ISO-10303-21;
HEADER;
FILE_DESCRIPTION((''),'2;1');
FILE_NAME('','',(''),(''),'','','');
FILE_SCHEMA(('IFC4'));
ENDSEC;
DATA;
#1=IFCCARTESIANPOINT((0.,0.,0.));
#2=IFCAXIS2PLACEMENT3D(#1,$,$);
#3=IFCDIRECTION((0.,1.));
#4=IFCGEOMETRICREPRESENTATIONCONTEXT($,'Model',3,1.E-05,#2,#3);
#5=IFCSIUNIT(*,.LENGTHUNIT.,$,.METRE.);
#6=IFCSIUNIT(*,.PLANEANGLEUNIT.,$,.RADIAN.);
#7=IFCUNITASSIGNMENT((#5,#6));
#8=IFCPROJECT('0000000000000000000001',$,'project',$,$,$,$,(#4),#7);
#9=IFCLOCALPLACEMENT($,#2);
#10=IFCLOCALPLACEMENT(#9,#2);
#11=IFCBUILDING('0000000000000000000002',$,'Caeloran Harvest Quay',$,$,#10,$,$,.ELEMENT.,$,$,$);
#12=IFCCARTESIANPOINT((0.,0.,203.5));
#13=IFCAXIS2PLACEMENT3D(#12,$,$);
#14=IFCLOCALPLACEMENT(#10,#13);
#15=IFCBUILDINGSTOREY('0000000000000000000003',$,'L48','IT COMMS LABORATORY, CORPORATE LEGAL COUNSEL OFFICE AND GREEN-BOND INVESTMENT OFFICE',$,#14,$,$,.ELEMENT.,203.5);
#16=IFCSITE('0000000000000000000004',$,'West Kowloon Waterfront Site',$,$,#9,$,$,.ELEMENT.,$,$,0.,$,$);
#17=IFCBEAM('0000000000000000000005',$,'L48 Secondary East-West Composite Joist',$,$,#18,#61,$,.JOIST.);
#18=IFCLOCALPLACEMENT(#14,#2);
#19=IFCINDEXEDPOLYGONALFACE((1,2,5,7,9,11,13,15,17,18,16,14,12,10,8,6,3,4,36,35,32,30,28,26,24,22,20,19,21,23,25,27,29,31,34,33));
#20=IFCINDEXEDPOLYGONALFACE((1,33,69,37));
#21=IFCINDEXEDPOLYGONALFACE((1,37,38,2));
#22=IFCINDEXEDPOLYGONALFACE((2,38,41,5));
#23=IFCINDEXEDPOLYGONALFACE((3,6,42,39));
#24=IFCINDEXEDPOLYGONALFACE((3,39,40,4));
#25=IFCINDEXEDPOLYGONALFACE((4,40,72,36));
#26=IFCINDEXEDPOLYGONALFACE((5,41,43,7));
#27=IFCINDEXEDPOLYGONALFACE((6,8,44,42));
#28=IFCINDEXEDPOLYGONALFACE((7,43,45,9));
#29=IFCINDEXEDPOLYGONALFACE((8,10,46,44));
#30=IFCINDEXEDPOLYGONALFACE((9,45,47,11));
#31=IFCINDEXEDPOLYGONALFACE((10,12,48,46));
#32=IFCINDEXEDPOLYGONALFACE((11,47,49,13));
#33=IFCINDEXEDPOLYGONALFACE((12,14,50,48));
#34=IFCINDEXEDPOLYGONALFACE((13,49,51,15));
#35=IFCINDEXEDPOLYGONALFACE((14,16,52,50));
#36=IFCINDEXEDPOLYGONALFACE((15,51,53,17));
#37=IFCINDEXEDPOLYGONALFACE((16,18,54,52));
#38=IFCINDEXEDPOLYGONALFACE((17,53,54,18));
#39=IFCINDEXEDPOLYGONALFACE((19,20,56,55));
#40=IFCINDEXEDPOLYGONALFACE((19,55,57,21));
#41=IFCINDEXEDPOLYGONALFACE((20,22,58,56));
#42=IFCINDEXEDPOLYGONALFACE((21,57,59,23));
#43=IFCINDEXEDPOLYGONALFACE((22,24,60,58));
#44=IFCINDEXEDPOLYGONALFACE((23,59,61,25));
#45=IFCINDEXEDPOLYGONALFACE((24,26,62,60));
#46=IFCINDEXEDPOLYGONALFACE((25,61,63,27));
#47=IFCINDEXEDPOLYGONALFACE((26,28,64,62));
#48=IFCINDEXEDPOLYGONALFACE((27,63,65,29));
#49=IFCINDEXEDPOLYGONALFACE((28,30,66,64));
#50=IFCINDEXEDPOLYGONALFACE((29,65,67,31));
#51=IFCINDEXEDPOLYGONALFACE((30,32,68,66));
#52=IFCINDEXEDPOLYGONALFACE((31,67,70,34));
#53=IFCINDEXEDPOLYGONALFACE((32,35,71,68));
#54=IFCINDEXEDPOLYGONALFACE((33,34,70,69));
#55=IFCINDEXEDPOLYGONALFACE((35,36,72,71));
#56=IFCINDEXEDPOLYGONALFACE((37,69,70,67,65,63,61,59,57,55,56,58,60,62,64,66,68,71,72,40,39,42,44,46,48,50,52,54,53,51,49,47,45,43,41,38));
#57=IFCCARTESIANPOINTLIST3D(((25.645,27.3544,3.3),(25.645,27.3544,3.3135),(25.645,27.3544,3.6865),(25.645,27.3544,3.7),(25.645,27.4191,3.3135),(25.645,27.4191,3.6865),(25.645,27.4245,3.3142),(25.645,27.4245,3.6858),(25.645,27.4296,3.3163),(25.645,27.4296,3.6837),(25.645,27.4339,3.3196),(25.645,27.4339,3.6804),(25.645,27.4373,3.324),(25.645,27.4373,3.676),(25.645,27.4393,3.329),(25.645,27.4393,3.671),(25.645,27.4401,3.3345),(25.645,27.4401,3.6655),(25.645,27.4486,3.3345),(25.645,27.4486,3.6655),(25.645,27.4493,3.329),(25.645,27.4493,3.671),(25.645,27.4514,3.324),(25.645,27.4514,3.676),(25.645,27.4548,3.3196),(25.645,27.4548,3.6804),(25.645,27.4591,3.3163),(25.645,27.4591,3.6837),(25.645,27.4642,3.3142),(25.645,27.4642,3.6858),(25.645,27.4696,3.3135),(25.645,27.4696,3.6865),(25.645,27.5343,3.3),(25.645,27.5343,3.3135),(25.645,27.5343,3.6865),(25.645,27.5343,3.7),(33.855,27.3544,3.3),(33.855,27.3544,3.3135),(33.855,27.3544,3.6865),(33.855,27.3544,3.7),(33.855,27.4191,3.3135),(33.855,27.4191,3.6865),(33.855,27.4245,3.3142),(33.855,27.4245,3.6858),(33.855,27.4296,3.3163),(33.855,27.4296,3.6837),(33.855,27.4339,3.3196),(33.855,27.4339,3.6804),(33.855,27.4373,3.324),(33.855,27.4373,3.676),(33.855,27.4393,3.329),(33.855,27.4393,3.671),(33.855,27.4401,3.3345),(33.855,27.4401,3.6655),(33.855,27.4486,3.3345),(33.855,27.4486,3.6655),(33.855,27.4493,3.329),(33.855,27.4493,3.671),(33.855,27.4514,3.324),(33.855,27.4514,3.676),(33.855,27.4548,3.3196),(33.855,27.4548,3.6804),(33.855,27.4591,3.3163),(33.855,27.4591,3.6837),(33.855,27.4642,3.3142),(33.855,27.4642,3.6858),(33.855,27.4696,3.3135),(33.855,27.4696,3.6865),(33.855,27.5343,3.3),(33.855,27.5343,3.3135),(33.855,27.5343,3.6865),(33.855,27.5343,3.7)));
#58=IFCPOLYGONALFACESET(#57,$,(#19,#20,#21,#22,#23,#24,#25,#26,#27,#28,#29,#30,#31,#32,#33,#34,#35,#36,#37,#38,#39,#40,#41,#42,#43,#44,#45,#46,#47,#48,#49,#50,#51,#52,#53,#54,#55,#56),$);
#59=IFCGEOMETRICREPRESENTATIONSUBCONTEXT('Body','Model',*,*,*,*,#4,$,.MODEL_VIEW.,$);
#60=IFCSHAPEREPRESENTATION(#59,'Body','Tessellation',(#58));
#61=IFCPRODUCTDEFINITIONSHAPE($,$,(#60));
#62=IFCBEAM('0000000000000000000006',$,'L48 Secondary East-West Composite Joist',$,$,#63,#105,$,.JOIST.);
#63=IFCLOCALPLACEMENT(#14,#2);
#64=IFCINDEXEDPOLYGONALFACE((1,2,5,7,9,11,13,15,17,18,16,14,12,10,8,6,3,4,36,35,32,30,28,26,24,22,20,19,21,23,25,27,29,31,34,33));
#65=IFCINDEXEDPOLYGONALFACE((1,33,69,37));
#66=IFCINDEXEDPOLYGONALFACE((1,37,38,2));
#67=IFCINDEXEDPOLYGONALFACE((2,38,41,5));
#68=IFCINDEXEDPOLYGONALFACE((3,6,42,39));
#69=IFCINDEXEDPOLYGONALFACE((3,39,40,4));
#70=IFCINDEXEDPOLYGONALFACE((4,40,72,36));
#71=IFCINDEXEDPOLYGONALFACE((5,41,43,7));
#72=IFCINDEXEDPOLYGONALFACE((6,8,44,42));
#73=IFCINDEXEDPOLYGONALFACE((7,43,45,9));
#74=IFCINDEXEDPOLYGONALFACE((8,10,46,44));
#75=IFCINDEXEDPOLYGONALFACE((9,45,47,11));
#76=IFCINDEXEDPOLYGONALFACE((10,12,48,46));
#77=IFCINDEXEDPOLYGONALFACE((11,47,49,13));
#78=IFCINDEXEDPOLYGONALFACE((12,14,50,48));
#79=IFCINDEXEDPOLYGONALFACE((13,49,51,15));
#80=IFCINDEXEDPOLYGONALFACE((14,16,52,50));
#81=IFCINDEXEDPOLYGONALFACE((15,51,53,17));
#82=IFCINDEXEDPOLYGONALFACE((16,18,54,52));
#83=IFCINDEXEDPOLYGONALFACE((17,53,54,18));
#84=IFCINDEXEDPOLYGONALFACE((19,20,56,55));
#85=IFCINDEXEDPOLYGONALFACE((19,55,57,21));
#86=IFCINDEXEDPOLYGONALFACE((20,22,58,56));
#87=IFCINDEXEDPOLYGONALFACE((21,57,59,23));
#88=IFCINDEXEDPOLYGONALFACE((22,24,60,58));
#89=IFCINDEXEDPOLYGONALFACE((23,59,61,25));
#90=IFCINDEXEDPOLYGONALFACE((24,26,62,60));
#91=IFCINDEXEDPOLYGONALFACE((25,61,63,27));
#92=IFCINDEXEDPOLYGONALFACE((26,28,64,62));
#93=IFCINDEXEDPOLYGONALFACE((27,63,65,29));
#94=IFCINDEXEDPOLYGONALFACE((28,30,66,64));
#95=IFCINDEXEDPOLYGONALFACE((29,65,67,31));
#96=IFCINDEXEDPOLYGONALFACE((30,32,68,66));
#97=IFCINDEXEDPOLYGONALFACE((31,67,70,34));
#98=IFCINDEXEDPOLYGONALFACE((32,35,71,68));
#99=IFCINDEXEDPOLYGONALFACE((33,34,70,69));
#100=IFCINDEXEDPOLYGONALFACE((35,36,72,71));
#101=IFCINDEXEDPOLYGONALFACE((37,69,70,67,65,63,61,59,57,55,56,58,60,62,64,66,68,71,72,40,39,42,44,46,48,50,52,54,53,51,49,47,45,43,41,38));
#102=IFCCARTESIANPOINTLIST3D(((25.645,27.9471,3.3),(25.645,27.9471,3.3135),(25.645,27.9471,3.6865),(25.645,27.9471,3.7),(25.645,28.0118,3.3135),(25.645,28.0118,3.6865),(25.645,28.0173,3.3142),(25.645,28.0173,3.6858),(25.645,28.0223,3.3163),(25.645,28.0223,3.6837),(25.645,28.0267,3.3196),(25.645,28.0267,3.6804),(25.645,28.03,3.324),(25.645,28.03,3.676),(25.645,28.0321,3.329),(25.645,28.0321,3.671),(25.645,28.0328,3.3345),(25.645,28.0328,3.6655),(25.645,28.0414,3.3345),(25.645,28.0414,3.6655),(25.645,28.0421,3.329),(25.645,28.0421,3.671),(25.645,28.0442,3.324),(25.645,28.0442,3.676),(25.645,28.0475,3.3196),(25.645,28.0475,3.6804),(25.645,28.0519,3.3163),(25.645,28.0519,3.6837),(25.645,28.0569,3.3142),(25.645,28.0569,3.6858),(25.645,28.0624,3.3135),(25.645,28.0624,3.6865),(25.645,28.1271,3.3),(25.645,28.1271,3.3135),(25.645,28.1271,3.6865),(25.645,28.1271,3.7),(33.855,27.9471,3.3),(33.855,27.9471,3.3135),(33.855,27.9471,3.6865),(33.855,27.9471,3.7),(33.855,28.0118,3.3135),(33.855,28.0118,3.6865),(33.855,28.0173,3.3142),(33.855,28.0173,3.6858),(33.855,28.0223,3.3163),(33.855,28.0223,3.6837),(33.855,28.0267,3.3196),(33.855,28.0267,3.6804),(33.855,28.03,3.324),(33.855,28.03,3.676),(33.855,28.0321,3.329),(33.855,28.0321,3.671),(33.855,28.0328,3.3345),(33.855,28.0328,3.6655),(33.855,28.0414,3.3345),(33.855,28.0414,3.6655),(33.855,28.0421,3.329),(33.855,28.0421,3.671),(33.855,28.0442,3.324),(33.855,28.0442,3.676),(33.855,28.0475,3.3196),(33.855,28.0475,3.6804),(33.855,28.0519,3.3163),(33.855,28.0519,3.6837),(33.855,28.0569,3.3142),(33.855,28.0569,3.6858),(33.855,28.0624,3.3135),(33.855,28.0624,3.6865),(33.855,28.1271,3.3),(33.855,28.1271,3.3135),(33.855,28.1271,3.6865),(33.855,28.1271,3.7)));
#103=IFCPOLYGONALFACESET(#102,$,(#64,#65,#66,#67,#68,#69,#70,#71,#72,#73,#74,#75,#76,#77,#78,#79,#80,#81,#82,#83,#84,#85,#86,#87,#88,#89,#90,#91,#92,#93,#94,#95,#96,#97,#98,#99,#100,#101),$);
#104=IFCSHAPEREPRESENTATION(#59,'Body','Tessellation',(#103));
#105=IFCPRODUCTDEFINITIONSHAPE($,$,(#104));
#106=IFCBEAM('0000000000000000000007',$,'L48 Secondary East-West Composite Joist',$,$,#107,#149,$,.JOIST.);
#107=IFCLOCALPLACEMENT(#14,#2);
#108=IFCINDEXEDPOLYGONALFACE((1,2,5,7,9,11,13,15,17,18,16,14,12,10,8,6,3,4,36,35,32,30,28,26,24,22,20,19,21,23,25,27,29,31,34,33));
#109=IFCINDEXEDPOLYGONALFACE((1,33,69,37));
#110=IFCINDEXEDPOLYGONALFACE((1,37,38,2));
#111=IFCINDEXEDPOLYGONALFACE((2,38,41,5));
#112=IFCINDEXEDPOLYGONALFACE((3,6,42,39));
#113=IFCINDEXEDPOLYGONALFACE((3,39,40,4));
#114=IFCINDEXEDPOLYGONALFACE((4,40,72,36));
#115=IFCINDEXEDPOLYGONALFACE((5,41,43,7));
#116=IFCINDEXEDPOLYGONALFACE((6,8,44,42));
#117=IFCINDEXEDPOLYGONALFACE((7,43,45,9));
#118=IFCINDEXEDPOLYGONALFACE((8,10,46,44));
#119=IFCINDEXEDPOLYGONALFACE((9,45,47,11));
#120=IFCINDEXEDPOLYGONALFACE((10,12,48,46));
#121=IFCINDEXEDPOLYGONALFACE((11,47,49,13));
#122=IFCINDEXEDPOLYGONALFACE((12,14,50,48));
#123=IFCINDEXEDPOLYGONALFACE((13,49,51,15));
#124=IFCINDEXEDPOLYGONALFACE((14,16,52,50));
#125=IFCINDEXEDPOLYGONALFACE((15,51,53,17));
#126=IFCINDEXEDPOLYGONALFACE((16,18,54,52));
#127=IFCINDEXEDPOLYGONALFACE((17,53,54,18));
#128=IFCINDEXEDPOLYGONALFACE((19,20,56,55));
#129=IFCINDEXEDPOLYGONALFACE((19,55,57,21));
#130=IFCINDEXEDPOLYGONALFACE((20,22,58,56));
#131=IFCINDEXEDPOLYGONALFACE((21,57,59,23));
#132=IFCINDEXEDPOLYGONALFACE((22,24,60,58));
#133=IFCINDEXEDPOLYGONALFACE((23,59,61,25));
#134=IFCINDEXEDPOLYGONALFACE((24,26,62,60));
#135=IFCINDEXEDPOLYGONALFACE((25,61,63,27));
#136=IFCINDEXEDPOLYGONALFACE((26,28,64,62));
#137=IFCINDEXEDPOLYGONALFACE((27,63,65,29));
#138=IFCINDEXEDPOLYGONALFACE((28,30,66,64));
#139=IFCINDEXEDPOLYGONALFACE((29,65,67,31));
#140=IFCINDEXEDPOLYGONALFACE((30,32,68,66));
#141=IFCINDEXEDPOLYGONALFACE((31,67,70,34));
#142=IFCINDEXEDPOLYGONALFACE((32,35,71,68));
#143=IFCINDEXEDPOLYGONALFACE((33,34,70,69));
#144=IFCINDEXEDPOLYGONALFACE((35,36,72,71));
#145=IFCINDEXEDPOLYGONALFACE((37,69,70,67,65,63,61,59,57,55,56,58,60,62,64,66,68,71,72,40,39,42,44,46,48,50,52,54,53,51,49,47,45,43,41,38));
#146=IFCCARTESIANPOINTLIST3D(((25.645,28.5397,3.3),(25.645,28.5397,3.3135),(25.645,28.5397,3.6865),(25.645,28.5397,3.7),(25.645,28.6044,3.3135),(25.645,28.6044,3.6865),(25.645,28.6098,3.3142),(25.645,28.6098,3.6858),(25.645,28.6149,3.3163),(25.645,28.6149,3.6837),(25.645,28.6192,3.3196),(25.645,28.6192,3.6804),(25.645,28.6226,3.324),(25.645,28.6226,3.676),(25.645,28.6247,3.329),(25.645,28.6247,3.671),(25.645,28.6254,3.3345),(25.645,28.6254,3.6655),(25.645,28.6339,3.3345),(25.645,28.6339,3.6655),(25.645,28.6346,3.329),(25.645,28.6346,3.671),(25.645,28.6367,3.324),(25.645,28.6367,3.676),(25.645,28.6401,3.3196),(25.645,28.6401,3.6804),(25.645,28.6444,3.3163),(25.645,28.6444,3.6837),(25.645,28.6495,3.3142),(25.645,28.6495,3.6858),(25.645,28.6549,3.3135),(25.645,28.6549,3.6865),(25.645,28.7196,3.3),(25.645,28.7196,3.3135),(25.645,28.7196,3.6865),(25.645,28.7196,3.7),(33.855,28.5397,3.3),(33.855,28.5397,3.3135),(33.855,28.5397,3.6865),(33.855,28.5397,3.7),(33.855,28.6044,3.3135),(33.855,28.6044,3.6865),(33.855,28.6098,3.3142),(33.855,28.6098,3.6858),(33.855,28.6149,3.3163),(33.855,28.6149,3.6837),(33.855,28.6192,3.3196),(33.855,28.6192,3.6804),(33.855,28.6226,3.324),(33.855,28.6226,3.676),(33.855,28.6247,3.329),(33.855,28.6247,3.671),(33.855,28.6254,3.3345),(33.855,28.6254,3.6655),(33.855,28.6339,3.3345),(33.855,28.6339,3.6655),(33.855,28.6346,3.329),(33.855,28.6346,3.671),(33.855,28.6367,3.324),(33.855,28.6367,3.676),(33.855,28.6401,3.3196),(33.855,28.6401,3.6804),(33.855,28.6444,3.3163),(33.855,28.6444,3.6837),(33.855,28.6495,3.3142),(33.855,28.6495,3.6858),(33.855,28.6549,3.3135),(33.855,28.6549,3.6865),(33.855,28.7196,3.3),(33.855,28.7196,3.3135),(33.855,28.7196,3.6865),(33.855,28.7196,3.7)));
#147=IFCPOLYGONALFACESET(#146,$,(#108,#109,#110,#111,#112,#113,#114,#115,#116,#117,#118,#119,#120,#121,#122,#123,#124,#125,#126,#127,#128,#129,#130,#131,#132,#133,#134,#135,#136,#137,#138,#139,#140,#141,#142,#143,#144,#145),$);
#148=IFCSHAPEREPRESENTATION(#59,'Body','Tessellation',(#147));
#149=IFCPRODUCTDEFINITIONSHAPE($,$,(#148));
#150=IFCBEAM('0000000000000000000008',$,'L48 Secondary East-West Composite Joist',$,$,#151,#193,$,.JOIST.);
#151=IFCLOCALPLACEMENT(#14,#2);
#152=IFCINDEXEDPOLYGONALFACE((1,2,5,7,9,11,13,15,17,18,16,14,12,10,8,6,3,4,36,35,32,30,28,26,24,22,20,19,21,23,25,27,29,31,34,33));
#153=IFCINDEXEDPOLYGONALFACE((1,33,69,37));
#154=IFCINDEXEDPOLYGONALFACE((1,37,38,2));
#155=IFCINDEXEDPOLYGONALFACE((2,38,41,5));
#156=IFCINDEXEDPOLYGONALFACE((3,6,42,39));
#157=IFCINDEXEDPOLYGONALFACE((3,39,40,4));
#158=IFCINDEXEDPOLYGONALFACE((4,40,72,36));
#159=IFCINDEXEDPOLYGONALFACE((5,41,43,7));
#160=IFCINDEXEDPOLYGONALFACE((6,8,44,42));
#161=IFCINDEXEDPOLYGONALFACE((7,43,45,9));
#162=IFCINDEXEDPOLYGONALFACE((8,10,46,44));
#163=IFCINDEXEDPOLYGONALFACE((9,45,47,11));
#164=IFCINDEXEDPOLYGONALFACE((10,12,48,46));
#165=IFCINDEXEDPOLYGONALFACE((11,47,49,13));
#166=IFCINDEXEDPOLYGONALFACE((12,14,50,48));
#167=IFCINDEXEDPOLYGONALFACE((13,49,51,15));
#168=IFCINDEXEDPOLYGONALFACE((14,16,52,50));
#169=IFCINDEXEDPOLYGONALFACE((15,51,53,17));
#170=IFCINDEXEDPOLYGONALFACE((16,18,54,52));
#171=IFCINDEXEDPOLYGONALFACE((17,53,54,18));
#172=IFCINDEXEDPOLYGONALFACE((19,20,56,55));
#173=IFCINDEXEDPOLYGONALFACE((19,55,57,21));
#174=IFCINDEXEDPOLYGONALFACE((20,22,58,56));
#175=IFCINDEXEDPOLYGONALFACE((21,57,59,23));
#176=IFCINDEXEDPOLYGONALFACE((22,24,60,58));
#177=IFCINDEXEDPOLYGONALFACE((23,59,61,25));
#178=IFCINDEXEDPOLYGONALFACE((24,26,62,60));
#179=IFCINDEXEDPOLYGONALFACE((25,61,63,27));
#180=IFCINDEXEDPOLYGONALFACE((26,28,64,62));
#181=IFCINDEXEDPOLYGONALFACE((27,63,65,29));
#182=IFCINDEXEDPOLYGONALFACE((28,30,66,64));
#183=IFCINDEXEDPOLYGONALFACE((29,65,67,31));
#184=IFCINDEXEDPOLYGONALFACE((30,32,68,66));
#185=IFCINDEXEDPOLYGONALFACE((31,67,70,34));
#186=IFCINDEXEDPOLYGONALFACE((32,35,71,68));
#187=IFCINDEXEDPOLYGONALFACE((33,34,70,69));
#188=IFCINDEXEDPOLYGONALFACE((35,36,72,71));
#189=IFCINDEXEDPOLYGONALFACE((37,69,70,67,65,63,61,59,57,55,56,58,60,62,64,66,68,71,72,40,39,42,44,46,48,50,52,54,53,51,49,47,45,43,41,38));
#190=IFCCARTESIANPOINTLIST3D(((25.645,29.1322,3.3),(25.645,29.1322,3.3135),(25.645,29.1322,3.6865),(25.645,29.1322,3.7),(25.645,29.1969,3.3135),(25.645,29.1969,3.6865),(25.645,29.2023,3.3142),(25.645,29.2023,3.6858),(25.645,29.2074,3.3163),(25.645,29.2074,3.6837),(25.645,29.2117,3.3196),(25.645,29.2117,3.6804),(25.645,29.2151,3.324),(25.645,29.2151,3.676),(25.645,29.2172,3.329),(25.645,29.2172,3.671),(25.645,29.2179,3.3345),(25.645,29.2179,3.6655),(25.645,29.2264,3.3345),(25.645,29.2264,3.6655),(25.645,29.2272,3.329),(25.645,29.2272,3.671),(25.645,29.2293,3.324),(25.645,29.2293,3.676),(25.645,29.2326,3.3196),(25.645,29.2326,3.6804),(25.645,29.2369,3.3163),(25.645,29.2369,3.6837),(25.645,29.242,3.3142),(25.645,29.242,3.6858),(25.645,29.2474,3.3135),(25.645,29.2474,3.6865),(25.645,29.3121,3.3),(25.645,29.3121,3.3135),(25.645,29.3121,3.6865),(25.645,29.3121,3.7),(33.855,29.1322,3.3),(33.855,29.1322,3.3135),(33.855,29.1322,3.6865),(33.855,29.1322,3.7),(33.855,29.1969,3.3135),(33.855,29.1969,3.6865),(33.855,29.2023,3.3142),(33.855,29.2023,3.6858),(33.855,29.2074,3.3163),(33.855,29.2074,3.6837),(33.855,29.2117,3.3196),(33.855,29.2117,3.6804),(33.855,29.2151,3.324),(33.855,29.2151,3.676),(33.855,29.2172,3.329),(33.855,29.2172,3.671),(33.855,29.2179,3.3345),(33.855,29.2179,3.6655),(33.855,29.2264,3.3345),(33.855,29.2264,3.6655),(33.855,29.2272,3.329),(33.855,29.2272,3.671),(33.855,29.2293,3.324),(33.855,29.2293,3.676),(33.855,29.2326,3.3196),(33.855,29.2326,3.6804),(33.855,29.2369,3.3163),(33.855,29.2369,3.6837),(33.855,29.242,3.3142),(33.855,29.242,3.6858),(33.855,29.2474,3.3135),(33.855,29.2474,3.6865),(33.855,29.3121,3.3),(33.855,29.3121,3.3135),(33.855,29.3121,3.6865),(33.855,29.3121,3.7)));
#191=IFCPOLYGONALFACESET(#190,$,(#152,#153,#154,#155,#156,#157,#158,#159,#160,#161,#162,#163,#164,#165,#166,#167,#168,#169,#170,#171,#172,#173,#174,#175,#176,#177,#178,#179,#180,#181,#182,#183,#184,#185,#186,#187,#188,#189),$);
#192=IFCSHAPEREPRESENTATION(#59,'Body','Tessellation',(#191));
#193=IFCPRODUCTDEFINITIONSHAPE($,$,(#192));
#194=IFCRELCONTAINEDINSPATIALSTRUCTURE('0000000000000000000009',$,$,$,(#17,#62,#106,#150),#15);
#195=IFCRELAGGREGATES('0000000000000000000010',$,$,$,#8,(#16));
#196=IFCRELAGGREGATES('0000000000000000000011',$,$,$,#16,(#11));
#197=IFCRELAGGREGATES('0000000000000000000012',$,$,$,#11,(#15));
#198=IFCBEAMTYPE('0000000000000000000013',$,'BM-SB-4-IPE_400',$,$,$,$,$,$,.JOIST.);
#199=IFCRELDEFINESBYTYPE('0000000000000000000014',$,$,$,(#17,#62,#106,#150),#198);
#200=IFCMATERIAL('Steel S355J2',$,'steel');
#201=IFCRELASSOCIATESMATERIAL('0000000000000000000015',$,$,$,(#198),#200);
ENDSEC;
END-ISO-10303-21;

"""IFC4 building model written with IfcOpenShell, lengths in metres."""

from ifc_helpers import new_model, si_unit, direction, frame, origin, origin_2d, place, context, subcontext, project, spatial, i_section, extrude, material, material_profile, profile_set, type_object, element, save


model = new_model("IFC4")

# Units and contexts
model_context = context("Model", 3, precision=1e-05, world=origin(), true_north=direction((0.0, 1.0)))
body_context = subcontext(model_context, "Body", "Model", "MODEL_VIEW")
ifc_project = project(units=[si_unit("LENGTHUNIT", "METRE"), si_unit("PLANEANGLEUNIT", "RADIAN")], contexts=[model_context])

# Site, building, storey
site_placement = place(None, origin())
site = spatial("IfcSite", under=ifc_project, at=site_placement, Name="West Kowloon Waterfront Site", CompositionType="ELEMENT", RefElevation=0.0)
building_placement = place(site_placement, origin())
building = spatial("IfcBuilding", under=site, at=building_placement, Name="Caeloran Harvest Quay", CompositionType="ELEMENT")
storey_placement = place(building_placement, frame((0.0, 0.0, 203.5)))
storey = spatial("IfcBuildingStorey", under=building, at=storey_placement, Name="L48", Description="IT COMMS LABORATORY, CORPORATE LEGAL COUNSEL OFFICE AND GREEN-BOND INVESTMENT OFFICE", CompositionType="ELEMENT", Elevation=203.5)

# Beams
ifc_material_1 = material(Name="Steel S355J2", Category="steel")
ifc_material_profile_1 = material_profile(ifc_material_1, i_section(OverallWidth=0.1799, OverallDepth=0.3999, WebThickness=0.0085, FlangeThickness=0.0134, FilletRadius=0.021, at=origin_2d()), Name="IPE 400")
ifc_profile_set_1 = profile_set([ifc_material_profile_1], Name="Steel S355J2")
beam_type_1 = type_object("IfcBeamType", Name="BM-SB-4-IPE_400", PredefinedType="JOIST", material=ifc_profile_set_1)
for number, where, z_axis, x_axis, name in (
    (1, (25.645, 27.4443, 3.5), (1.0, 0.0, 0.0), (0.0, 1.0, 0.0), "L48 Secondary East-West Composite Joist"),
    (2, (25.645, 28.0371, 3.5), (1.0, 0.0, 0.0), (0.0, 1.0, 0.0), "L48 Secondary East-West Composite Joist"),
    (3, (25.645, 28.6296, 3.5), (1.0, 0.0, 0.0), (0.0, 1.0, 0.0), "L48 Secondary East-West Composite Joist"),
    (4, (25.645, 29.2222, 3.5), (1.0, 0.0, 0.0), (0.0, 1.0, 0.0), "L48 Secondary East-West Composite Joist"),
):
    element("IfcBeam", number, at=place(storey_placement, frame(where, z_axis=z_axis, x_axis=x_axis)), inside=storey, type_object=beam_type_1, Name=name, PredefinedType="JOIST", context=body_context, shape_type="SweptSolid", body=[
        extrude(i_section(OverallWidth=0.1799, OverallDepth=0.3999, WebThickness=0.0085, FlangeThickness=0.0134, FilletRadius=0.021, at=origin_2d()), origin(), (0.0, 0.0, 1.0), 8.21),
    ])

save(model, "model.ifc")
